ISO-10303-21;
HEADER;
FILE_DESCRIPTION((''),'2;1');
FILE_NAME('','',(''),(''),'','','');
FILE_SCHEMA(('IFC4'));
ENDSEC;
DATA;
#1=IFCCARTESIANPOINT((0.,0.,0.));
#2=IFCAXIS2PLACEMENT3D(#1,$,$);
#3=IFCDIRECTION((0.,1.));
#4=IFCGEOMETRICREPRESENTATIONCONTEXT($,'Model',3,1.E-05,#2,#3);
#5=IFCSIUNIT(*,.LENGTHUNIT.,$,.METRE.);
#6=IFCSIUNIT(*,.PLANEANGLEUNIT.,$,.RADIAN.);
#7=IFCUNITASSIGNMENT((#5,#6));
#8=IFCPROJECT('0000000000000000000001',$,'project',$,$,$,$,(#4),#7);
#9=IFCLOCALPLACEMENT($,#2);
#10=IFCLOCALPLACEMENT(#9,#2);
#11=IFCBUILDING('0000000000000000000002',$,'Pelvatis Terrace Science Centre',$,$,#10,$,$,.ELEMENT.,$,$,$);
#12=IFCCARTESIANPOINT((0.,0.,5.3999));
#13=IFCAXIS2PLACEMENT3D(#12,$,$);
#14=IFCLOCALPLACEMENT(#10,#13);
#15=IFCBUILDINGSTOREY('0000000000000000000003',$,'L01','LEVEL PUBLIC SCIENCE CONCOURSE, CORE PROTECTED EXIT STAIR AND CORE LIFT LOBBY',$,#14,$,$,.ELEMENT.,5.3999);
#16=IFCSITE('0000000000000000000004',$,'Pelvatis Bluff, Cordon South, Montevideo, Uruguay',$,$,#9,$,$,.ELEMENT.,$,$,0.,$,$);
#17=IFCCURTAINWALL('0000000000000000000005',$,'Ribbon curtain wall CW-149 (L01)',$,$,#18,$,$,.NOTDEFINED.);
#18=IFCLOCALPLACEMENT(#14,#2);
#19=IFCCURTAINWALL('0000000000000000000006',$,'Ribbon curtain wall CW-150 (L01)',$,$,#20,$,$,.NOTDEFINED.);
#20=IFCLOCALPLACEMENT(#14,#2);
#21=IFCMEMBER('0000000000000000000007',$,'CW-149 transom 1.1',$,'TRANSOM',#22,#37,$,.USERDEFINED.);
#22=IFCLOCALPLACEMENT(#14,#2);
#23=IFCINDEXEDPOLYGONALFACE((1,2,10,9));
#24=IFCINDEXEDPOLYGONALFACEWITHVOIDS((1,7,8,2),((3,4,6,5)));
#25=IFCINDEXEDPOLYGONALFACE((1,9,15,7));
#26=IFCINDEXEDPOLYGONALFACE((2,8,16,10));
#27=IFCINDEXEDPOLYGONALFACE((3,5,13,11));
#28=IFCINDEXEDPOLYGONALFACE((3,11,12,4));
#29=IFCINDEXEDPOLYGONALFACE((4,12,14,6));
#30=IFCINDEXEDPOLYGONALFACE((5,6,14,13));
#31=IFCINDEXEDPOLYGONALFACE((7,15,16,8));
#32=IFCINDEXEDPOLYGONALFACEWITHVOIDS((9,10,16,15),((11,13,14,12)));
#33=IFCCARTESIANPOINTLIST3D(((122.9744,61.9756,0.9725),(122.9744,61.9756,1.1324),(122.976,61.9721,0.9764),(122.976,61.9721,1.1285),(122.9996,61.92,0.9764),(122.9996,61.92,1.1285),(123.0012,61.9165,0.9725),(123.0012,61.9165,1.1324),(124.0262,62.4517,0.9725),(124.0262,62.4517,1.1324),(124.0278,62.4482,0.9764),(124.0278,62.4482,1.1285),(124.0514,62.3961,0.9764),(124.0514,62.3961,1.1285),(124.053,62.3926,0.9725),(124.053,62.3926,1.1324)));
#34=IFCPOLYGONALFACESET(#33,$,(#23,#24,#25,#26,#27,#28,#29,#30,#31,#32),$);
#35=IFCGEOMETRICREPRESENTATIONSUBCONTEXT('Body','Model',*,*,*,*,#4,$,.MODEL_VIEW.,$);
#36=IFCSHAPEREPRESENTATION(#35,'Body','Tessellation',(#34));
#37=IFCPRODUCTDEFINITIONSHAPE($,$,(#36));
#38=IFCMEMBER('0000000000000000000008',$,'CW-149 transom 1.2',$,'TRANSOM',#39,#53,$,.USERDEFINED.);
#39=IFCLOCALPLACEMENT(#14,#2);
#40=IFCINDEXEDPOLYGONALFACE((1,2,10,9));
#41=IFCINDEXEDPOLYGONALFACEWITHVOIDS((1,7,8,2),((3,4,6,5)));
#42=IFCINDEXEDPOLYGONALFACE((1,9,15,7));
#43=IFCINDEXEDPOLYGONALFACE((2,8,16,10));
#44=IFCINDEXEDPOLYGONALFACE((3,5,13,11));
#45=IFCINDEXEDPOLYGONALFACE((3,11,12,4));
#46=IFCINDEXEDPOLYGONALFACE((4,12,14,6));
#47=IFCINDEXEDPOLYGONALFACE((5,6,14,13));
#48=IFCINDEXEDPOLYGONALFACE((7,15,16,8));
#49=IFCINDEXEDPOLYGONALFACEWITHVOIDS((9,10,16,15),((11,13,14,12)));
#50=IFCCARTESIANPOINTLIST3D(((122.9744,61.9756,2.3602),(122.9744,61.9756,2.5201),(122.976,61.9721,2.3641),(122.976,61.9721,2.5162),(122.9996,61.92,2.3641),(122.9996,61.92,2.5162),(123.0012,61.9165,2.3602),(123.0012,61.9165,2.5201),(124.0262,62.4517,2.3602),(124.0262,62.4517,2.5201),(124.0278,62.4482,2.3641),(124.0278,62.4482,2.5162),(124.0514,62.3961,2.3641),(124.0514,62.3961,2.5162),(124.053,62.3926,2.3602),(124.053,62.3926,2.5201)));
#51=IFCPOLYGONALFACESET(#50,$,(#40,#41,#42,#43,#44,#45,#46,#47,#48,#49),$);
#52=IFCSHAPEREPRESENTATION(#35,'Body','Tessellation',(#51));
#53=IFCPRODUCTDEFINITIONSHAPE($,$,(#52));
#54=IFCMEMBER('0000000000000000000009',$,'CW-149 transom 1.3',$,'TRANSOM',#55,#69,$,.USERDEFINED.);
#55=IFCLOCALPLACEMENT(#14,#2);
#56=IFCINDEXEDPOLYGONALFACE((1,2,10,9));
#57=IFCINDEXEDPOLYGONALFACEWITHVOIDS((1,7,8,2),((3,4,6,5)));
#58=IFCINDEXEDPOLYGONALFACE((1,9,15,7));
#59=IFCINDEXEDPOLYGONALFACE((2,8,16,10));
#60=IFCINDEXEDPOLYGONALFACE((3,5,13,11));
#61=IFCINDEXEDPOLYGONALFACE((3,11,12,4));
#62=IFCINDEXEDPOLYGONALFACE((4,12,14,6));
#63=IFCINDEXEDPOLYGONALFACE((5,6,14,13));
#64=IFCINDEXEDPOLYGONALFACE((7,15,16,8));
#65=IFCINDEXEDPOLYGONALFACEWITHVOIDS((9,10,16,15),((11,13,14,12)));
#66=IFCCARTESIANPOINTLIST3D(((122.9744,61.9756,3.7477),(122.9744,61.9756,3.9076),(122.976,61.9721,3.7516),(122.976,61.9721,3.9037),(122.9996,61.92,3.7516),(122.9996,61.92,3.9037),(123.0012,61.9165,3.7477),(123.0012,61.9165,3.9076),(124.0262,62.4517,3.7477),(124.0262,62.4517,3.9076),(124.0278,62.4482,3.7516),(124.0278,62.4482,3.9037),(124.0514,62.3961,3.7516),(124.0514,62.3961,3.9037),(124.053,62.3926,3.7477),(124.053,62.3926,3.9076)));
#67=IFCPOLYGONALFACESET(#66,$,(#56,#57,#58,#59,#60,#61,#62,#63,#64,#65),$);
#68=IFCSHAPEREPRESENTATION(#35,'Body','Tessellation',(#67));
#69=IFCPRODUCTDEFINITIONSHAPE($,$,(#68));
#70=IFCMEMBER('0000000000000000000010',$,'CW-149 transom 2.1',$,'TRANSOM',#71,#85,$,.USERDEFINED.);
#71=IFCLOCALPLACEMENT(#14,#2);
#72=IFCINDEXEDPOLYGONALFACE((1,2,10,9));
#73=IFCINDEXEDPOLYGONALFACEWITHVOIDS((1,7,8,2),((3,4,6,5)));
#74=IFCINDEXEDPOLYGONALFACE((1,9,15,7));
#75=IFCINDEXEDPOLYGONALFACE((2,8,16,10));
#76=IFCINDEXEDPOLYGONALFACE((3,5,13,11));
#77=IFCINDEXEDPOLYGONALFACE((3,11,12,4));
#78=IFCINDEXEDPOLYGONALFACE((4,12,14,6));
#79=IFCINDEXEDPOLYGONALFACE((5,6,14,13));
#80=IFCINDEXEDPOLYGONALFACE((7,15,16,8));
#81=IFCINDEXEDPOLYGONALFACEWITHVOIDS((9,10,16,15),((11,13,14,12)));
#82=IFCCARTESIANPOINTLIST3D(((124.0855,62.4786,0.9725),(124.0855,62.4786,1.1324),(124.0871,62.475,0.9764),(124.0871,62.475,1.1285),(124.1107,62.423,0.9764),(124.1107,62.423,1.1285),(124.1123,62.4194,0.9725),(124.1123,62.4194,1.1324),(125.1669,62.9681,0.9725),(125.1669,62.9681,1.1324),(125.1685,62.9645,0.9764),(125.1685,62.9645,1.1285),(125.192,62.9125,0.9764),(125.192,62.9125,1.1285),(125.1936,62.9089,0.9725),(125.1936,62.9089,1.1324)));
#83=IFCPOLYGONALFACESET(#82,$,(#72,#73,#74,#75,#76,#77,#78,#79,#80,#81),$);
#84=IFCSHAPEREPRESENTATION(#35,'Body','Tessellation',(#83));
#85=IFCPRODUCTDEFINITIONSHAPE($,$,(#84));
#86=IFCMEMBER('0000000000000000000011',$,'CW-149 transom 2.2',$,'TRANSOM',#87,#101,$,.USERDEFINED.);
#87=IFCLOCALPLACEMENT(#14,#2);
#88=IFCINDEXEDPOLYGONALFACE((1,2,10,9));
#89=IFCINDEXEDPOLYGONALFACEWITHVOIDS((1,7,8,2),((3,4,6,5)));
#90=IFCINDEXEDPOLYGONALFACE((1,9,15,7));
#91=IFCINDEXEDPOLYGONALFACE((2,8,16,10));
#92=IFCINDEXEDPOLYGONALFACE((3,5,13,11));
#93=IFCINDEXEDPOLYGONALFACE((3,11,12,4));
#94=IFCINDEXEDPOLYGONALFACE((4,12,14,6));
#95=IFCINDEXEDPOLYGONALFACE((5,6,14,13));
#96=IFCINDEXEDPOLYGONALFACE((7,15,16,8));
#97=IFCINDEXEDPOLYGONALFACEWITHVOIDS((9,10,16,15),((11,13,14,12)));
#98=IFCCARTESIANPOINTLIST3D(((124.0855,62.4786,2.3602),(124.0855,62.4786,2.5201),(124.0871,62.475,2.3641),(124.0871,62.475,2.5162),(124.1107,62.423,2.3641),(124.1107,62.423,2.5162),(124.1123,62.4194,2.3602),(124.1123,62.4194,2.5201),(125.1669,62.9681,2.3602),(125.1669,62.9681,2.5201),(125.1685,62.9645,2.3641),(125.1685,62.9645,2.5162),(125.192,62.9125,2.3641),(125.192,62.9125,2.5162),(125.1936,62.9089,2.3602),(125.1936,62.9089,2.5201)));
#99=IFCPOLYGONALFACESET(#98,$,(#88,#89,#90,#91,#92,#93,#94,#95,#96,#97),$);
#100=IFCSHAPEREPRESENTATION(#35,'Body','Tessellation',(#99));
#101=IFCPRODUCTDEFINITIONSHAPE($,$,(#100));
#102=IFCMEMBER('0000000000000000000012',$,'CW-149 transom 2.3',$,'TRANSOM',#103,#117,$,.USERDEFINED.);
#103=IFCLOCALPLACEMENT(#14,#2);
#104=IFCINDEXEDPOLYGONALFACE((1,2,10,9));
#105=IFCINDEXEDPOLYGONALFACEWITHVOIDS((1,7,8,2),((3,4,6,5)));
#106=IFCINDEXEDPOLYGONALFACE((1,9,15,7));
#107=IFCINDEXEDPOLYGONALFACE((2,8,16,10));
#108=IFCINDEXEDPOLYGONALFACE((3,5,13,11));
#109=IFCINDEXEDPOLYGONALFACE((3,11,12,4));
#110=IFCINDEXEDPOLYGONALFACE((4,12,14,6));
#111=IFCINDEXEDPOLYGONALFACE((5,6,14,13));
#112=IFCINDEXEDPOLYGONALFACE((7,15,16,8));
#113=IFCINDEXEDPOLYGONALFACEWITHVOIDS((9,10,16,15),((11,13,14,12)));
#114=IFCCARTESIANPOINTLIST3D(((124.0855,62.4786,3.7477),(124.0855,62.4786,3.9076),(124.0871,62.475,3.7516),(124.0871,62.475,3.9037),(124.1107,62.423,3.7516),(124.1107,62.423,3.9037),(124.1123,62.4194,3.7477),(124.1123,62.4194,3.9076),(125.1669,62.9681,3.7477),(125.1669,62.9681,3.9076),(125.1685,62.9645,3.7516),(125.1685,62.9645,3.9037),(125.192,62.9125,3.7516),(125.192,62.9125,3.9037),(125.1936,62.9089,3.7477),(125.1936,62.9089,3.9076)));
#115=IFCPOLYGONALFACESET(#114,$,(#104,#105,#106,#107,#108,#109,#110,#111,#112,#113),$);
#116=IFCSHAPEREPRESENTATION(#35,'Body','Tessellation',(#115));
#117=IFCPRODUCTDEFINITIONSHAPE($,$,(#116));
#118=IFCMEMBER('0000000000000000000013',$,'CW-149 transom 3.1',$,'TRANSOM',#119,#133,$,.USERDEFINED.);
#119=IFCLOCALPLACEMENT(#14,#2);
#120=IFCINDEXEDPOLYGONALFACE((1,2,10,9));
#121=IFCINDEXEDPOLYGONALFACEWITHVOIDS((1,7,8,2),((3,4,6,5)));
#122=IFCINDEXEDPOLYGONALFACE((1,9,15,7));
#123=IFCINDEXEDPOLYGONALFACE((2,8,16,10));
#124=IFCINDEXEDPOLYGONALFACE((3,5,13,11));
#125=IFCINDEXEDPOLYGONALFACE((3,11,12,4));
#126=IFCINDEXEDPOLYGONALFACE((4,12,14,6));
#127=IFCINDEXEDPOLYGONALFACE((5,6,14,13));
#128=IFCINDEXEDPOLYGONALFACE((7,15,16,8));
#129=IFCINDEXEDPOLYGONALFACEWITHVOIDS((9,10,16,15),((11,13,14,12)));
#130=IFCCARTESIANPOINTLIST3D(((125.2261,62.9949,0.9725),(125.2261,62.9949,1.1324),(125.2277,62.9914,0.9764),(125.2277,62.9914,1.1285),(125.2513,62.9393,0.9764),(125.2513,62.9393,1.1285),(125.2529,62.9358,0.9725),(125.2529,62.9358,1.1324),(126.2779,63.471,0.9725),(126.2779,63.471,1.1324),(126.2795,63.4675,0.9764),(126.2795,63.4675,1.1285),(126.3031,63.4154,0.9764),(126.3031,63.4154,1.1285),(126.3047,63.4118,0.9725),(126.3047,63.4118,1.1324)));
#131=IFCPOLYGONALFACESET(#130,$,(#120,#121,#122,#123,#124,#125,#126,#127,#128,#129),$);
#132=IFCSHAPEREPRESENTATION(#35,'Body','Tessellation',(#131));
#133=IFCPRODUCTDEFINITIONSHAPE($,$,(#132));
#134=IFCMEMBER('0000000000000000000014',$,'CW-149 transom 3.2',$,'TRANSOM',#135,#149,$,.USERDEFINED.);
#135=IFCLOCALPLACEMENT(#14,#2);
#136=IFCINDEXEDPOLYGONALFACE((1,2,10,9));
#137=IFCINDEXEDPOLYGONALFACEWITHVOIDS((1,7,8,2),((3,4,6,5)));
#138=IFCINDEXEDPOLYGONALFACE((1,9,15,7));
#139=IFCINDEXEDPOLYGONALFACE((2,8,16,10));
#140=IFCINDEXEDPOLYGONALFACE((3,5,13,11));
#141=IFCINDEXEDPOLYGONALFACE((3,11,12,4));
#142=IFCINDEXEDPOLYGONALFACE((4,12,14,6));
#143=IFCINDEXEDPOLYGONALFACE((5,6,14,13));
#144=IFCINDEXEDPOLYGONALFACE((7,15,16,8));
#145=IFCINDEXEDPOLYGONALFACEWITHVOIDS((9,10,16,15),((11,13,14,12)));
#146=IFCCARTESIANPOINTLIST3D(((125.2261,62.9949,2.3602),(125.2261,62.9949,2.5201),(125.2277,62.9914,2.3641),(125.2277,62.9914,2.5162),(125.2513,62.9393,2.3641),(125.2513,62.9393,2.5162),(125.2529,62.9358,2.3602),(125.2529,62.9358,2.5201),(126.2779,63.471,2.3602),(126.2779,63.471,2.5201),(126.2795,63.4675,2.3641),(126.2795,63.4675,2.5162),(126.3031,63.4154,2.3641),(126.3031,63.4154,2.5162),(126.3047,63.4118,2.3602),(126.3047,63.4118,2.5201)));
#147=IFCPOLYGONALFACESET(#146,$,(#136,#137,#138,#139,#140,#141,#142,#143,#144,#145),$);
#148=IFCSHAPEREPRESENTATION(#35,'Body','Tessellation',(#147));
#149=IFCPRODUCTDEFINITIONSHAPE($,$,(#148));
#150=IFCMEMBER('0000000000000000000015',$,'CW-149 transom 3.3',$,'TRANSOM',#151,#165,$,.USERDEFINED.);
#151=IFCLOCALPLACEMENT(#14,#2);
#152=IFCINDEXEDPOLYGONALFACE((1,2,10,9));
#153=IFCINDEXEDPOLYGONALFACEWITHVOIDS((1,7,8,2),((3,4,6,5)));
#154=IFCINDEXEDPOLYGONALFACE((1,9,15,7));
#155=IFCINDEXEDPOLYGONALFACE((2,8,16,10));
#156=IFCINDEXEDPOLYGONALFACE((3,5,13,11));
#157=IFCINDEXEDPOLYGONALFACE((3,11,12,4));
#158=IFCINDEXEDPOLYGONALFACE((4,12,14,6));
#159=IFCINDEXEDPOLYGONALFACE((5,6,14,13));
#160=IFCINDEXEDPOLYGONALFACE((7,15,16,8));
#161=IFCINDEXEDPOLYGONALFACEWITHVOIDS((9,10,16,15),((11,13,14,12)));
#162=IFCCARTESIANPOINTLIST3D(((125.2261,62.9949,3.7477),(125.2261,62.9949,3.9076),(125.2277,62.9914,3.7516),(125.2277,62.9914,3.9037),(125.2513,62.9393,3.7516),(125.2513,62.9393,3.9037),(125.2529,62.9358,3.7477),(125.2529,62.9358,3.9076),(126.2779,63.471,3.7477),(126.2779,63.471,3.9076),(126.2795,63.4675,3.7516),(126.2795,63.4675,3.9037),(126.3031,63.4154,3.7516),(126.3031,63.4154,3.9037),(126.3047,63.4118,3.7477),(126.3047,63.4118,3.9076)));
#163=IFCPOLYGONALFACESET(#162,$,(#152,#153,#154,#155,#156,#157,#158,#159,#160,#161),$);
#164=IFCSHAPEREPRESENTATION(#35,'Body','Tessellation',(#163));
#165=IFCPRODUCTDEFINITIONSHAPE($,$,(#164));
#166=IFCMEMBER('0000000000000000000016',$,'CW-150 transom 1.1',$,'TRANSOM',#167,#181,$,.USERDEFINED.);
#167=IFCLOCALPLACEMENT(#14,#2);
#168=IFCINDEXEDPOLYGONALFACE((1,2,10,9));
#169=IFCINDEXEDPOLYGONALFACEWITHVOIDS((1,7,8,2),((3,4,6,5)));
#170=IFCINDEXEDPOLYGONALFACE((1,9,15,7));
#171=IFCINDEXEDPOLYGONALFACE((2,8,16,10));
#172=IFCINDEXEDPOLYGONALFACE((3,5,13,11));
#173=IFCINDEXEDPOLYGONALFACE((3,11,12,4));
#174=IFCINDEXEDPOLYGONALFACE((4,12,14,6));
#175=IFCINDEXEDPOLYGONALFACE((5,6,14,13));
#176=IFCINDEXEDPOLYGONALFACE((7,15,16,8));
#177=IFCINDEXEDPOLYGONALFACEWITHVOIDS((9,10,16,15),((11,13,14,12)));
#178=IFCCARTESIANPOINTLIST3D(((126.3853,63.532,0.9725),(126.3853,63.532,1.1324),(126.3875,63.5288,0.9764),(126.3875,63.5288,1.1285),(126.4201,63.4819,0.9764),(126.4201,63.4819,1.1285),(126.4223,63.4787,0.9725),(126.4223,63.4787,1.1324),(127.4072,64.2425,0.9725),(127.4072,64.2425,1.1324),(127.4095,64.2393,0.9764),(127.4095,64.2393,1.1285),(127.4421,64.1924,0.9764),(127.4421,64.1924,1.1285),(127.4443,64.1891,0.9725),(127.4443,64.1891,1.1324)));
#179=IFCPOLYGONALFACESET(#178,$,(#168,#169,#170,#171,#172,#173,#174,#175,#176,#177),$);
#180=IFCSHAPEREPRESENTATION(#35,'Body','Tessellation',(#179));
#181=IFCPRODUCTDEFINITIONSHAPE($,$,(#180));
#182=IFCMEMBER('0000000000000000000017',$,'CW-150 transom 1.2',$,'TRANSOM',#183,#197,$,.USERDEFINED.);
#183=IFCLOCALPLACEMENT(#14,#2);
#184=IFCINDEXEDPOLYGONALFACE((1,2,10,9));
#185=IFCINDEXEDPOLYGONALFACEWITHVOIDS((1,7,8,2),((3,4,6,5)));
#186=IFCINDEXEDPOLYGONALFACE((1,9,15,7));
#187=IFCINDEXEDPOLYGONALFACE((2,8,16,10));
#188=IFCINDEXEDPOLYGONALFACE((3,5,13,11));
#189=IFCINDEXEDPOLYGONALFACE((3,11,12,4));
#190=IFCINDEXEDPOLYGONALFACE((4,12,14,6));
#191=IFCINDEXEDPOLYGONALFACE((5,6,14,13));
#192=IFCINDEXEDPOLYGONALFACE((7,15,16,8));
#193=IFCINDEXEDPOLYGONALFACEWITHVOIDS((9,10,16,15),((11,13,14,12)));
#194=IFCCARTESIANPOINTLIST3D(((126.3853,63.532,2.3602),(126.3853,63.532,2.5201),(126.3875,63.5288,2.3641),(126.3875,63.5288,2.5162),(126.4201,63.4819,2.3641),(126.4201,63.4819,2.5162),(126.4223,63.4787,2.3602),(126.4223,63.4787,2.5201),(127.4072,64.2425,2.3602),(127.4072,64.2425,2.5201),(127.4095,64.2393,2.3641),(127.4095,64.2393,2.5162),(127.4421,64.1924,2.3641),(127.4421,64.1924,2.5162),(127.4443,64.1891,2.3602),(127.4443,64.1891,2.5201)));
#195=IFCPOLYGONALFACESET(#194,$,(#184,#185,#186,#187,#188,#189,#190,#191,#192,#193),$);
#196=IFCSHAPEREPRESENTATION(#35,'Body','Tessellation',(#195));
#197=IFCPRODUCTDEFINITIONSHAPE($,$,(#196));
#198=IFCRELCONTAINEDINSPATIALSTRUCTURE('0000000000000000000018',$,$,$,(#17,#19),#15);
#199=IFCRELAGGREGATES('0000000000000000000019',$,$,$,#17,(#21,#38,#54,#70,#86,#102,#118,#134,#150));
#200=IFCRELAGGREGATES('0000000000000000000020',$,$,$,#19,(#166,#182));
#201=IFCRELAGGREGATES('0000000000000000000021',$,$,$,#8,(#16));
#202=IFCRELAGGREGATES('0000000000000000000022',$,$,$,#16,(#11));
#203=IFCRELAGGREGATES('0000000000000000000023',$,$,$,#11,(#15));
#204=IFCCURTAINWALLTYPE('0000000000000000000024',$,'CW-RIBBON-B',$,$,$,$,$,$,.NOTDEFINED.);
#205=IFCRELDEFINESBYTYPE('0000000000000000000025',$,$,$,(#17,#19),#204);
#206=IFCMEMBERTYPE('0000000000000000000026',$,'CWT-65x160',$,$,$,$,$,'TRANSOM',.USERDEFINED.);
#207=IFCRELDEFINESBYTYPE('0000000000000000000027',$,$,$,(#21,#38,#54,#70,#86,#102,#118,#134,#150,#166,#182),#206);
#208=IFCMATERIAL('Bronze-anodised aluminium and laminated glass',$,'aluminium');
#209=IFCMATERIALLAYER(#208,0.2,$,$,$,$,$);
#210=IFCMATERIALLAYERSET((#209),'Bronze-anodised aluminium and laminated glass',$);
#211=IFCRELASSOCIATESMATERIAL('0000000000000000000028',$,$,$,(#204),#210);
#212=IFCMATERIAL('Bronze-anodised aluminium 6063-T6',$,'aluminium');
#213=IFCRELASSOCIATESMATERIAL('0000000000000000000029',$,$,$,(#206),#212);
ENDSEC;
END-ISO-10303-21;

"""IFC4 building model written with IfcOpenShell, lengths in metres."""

from ifc_helpers import new_model, si_unit, direction, frame, origin, origin_2d, place, context, subcontext, project, spatial, hollow_rectangle, extrude, material, layer, layer_set, material_profile, profile_set, type_object, element, aggregate, save


model = new_model("IFC4")

# Units and contexts
model_context = context("Model", 3, precision=1e-05, world=origin(), true_north=direction((0.0, 1.0)))
body_context = subcontext(model_context, "Body", "Model", "MODEL_VIEW")
ifc_project = project(units=[si_unit("LENGTHUNIT", "METRE"), si_unit("PLANEANGLEUNIT", "RADIAN")], contexts=[model_context])

# Site, building, storey
site_placement = place(None, origin())
site = spatial("IfcSite", under=ifc_project, at=site_placement, Name="Pelvatis Bluff, Cordon South, Montevideo, Uruguay", CompositionType="ELEMENT", RefElevation=0.0)
building_placement = place(site_placement, origin())
building = spatial("IfcBuilding", under=site, at=building_placement, Name="Pelvatis Terrace Science Centre", CompositionType="ELEMENT")
storey_placement = place(building_placement, frame((0.0, 0.0, 5.3999)))
storey = spatial("IfcBuildingStorey", under=building, at=storey_placement, Name="L01", Description="LEVEL PUBLIC SCIENCE CONCOURSE, CORE PROTECTED EXIT STAIR AND CORE LIFT LOBBY", CompositionType="ELEMENT", Elevation=5.3999)

# Shared definitions
ifc_material_1 = material(Name="Bronze-anodised aluminium and laminated glass", Category="aluminium")
ifc_layer_1 = layer(ifc_material_1, 0.2)
ifc_layer_set_1 = layer_set([ifc_layer_1], Name="Bronze-anodised aluminium and laminated glass")
curtain_wall_type = type_object("IfcCurtainWallType", Name="CW-RIBBON-B", PredefinedType="NOTDEFINED", material=ifc_layer_set_1)

# Curtain walls
curtain_wall_1_placement = place(storey_placement, origin())
curtain_wall_1 = element("IfcCurtainWall", 1, at=curtain_wall_1_placement, inside=storey, type_object=curtain_wall_type, Name="Ribbon curtain wall CW-149 (L01)", PredefinedType="NOTDEFINED")
curtain_wall_2_placement = place(storey_placement, origin())
curtain_wall_2 = element("IfcCurtainWall", 2, at=curtain_wall_2_placement, inside=storey, type_object=curtain_wall_type, Name="Ribbon curtain wall CW-150 (L01)", PredefinedType="NOTDEFINED")

# Members
ifc_material_2 = material(Name="Bronze-anodised aluminium 6063-T6", Category="aluminium")
ifc_material_profile_1 = material_profile(ifc_material_2, hollow_rectangle(XDim=0.0649, YDim=0.1599, WallThickness=0.0039, at=origin_2d()), Name="ALU-TRN 65x160")
ifc_profile_set_1 = profile_set([ifc_material_profile_1], Name="Bronze-anodised aluminium 6063-T6")
member_type_1 = type_object("IfcMemberType", Name="CWT-65x160", ElementType="TRANSOM", PredefinedType="USERDEFINED", material=ifc_profile_set_1)
member_1_placement = place(storey_placement, frame((122.9878, 61.946, 1.0525), z_axis=(0.911017, 0.412368, 0.0), x_axis=(-0.412368, 0.911017, 0.0)))
member_1 = element("IfcMember", 3, at=member_1_placement, type_object=member_type_1, Name="CW-149 transom 1.1", ObjectType="TRANSOM", PredefinedType="USERDEFINED", context=body_context, shape_type="SweptSolid", body=[
    extrude(hollow_rectangle(XDim=0.0649, YDim=0.1599, WallThickness=0.0039, at=origin_2d()), origin(), (0.0, 0.0, 1.0), 1.1545),
])
member_2_placement = place(storey_placement, frame((122.9878, 61.946, 2.4402), z_axis=(0.911017, 0.412368, 0.0), x_axis=(-0.412368, 0.911017, 0.0)))
member_2 = element("IfcMember", 4, at=member_2_placement, type_object=member_type_1, Name="CW-149 transom 1.2", ObjectType="TRANSOM", PredefinedType="USERDEFINED", context=body_context, shape_type="SweptSolid", body=[
    extrude(hollow_rectangle(XDim=0.0649, YDim=0.1599, WallThickness=0.0039, at=origin_2d()), origin(), (0.0, 0.0, 1.0), 1.1545),
])
member_3_placement = place(storey_placement, frame((122.9878, 61.946, 3.8276), z_axis=(0.911017, 0.412368, 0.0), x_axis=(-0.412368, 0.911017, 0.0)))
member_3 = element("IfcMember", 5, at=member_3_placement, type_object=member_type_1, Name="CW-149 transom 1.3", ObjectType="TRANSOM", PredefinedType="USERDEFINED", context=body_context, shape_type="SweptSolid", body=[
    extrude(hollow_rectangle(XDim=0.0649, YDim=0.1599, WallThickness=0.0039, at=origin_2d()), origin(), (0.0, 0.0, 1.0), 1.1545),
])
member_4_placement = place(storey_placement, frame((124.0989, 62.449, 1.0525), z_axis=(0.910999, 0.412408, 0.0), x_axis=(-0.412408, 0.910999, 0.0)))
member_4 = element("IfcMember", 6, at=member_4_placement, type_object=member_type_1, Name="CW-149 transom 2.1", ObjectType="TRANSOM", PredefinedType="USERDEFINED", context=body_context, shape_type="SweptSolid", body=[
    extrude(hollow_rectangle(XDim=0.0649, YDim=0.1599, WallThickness=0.0039, at=origin_2d()), origin(), (0.0, 0.0, 1.0), 1.187),
])
member_5_placement = place(storey_placement, frame((124.0989, 62.449, 2.4402), z_axis=(0.910999, 0.412408, 0.0), x_axis=(-0.412408, 0.910999, 0.0)))
member_5 = element("IfcMember", 7, at=member_5_placement, type_object=member_type_1, Name="CW-149 transom 2.2", ObjectType="TRANSOM", PredefinedType="USERDEFINED", context=body_context, shape_type="SweptSolid", body=[
    extrude(hollow_rectangle(XDim=0.0649, YDim=0.1599, WallThickness=0.0039, at=origin_2d()), origin(), (0.0, 0.0, 1.0), 1.187),
])
member_6_placement = place(storey_placement, frame((124.0989, 62.449, 3.8276), z_axis=(0.910999, 0.412408, 0.0), x_axis=(-0.412408, 0.910999, 0.0)))
member_6 = element("IfcMember", 8, at=member_6_placement, type_object=member_type_1, Name="CW-149 transom 2.3", ObjectType="TRANSOM", PredefinedType="USERDEFINED", context=body_context, shape_type="SweptSolid", body=[
    extrude(hollow_rectangle(XDim=0.0649, YDim=0.1599, WallThickness=0.0039, at=origin_2d()), origin(), (0.0, 0.0, 1.0), 1.187),
])
member_7_placement = place(storey_placement, frame((125.2395, 62.9653, 1.0525), z_axis=(0.911017, 0.412368, 0.0), x_axis=(-0.412368, 0.911017, 0.0)))
member_7 = element("IfcMember", 9, at=member_7_placement, type_object=member_type_1, Name="CW-149 transom 3.1", ObjectType="TRANSOM", PredefinedType="USERDEFINED", context=body_context, shape_type="SweptSolid", body=[
    extrude(hollow_rectangle(XDim=0.0649, YDim=0.1599, WallThickness=0.0039, at=origin_2d()), origin(), (0.0, 0.0, 1.0), 1.1545),
])
member_8_placement = place(storey_placement, frame((125.2395, 62.9653, 2.4402), z_axis=(0.911017, 0.412368, 0.0), x_axis=(-0.412368, 0.911017, 0.0)))
member_8 = element("IfcMember", 10, at=member_8_placement, type_object=member_type_1, Name="CW-149 transom 3.2", ObjectType="TRANSOM", PredefinedType="USERDEFINED", context=body_context, shape_type="SweptSolid", body=[
    extrude(hollow_rectangle(XDim=0.0649, YDim=0.1599, WallThickness=0.0039, at=origin_2d()), origin(), (0.0, 0.0, 1.0), 1.1545),
])
member_9_placement = place(storey_placement, frame((125.2395, 62.9653, 3.8276), z_axis=(0.911017, 0.412368, 0.0), x_axis=(-0.412368, 0.911017, 0.0)))
member_9 = element("IfcMember", 11, at=member_9_placement, type_object=member_type_1, Name="CW-149 transom 3.3", ObjectType="TRANSOM", PredefinedType="USERDEFINED", context=body_context, shape_type="SweptSolid", body=[
    extrude(hollow_rectangle(XDim=0.0649, YDim=0.1599, WallThickness=0.0039, at=origin_2d()), origin(), (0.0, 0.0, 1.0), 1.1545),
])
member_10_placement = place(storey_placement, frame((126.4038, 63.5054, 1.0525), z_axis=(0.821089, 0.5708, 0.0), x_axis=(-0.5708, 0.821089, 0.0)))
member_10 = element("IfcMember", 12, at=member_10_placement, type_object=member_type_1, Name="CW-150 transom 1.1", ObjectType="TRANSOM", PredefinedType="USERDEFINED", context=body_context, shape_type="SweptSolid", body=[
    extrude(hollow_rectangle(XDim=0.0649, YDim=0.1599, WallThickness=0.0039, at=origin_2d()), origin(), (0.0, 0.0, 1.0), 1.2446),
])
member_11_placement = place(storey_placement, frame((126.4038, 63.5054, 2.4402), z_axis=(0.821089, 0.5708, 0.0), x_axis=(-0.5708, 0.821089, 0.0)))
member_11 = element("IfcMember", 13, at=member_11_placement, type_object=member_type_1, Name="CW-150 transom 1.2", ObjectType="TRANSOM", PredefinedType="USERDEFINED", context=body_context, shape_type="SweptSolid", body=[
    extrude(hollow_rectangle(XDim=0.0649, YDim=0.1599, WallThickness=0.0039, at=origin_2d()), origin(), (0.0, 0.0, 1.0), 1.2446),
])

aggregate(curtain_wall_1, [member_1, member_2, member_3, member_4, member_5, member_6, member_7, member_8, member_9])
aggregate(curtain_wall_2, [member_10, member_11])

save(model, "model.ifc")
